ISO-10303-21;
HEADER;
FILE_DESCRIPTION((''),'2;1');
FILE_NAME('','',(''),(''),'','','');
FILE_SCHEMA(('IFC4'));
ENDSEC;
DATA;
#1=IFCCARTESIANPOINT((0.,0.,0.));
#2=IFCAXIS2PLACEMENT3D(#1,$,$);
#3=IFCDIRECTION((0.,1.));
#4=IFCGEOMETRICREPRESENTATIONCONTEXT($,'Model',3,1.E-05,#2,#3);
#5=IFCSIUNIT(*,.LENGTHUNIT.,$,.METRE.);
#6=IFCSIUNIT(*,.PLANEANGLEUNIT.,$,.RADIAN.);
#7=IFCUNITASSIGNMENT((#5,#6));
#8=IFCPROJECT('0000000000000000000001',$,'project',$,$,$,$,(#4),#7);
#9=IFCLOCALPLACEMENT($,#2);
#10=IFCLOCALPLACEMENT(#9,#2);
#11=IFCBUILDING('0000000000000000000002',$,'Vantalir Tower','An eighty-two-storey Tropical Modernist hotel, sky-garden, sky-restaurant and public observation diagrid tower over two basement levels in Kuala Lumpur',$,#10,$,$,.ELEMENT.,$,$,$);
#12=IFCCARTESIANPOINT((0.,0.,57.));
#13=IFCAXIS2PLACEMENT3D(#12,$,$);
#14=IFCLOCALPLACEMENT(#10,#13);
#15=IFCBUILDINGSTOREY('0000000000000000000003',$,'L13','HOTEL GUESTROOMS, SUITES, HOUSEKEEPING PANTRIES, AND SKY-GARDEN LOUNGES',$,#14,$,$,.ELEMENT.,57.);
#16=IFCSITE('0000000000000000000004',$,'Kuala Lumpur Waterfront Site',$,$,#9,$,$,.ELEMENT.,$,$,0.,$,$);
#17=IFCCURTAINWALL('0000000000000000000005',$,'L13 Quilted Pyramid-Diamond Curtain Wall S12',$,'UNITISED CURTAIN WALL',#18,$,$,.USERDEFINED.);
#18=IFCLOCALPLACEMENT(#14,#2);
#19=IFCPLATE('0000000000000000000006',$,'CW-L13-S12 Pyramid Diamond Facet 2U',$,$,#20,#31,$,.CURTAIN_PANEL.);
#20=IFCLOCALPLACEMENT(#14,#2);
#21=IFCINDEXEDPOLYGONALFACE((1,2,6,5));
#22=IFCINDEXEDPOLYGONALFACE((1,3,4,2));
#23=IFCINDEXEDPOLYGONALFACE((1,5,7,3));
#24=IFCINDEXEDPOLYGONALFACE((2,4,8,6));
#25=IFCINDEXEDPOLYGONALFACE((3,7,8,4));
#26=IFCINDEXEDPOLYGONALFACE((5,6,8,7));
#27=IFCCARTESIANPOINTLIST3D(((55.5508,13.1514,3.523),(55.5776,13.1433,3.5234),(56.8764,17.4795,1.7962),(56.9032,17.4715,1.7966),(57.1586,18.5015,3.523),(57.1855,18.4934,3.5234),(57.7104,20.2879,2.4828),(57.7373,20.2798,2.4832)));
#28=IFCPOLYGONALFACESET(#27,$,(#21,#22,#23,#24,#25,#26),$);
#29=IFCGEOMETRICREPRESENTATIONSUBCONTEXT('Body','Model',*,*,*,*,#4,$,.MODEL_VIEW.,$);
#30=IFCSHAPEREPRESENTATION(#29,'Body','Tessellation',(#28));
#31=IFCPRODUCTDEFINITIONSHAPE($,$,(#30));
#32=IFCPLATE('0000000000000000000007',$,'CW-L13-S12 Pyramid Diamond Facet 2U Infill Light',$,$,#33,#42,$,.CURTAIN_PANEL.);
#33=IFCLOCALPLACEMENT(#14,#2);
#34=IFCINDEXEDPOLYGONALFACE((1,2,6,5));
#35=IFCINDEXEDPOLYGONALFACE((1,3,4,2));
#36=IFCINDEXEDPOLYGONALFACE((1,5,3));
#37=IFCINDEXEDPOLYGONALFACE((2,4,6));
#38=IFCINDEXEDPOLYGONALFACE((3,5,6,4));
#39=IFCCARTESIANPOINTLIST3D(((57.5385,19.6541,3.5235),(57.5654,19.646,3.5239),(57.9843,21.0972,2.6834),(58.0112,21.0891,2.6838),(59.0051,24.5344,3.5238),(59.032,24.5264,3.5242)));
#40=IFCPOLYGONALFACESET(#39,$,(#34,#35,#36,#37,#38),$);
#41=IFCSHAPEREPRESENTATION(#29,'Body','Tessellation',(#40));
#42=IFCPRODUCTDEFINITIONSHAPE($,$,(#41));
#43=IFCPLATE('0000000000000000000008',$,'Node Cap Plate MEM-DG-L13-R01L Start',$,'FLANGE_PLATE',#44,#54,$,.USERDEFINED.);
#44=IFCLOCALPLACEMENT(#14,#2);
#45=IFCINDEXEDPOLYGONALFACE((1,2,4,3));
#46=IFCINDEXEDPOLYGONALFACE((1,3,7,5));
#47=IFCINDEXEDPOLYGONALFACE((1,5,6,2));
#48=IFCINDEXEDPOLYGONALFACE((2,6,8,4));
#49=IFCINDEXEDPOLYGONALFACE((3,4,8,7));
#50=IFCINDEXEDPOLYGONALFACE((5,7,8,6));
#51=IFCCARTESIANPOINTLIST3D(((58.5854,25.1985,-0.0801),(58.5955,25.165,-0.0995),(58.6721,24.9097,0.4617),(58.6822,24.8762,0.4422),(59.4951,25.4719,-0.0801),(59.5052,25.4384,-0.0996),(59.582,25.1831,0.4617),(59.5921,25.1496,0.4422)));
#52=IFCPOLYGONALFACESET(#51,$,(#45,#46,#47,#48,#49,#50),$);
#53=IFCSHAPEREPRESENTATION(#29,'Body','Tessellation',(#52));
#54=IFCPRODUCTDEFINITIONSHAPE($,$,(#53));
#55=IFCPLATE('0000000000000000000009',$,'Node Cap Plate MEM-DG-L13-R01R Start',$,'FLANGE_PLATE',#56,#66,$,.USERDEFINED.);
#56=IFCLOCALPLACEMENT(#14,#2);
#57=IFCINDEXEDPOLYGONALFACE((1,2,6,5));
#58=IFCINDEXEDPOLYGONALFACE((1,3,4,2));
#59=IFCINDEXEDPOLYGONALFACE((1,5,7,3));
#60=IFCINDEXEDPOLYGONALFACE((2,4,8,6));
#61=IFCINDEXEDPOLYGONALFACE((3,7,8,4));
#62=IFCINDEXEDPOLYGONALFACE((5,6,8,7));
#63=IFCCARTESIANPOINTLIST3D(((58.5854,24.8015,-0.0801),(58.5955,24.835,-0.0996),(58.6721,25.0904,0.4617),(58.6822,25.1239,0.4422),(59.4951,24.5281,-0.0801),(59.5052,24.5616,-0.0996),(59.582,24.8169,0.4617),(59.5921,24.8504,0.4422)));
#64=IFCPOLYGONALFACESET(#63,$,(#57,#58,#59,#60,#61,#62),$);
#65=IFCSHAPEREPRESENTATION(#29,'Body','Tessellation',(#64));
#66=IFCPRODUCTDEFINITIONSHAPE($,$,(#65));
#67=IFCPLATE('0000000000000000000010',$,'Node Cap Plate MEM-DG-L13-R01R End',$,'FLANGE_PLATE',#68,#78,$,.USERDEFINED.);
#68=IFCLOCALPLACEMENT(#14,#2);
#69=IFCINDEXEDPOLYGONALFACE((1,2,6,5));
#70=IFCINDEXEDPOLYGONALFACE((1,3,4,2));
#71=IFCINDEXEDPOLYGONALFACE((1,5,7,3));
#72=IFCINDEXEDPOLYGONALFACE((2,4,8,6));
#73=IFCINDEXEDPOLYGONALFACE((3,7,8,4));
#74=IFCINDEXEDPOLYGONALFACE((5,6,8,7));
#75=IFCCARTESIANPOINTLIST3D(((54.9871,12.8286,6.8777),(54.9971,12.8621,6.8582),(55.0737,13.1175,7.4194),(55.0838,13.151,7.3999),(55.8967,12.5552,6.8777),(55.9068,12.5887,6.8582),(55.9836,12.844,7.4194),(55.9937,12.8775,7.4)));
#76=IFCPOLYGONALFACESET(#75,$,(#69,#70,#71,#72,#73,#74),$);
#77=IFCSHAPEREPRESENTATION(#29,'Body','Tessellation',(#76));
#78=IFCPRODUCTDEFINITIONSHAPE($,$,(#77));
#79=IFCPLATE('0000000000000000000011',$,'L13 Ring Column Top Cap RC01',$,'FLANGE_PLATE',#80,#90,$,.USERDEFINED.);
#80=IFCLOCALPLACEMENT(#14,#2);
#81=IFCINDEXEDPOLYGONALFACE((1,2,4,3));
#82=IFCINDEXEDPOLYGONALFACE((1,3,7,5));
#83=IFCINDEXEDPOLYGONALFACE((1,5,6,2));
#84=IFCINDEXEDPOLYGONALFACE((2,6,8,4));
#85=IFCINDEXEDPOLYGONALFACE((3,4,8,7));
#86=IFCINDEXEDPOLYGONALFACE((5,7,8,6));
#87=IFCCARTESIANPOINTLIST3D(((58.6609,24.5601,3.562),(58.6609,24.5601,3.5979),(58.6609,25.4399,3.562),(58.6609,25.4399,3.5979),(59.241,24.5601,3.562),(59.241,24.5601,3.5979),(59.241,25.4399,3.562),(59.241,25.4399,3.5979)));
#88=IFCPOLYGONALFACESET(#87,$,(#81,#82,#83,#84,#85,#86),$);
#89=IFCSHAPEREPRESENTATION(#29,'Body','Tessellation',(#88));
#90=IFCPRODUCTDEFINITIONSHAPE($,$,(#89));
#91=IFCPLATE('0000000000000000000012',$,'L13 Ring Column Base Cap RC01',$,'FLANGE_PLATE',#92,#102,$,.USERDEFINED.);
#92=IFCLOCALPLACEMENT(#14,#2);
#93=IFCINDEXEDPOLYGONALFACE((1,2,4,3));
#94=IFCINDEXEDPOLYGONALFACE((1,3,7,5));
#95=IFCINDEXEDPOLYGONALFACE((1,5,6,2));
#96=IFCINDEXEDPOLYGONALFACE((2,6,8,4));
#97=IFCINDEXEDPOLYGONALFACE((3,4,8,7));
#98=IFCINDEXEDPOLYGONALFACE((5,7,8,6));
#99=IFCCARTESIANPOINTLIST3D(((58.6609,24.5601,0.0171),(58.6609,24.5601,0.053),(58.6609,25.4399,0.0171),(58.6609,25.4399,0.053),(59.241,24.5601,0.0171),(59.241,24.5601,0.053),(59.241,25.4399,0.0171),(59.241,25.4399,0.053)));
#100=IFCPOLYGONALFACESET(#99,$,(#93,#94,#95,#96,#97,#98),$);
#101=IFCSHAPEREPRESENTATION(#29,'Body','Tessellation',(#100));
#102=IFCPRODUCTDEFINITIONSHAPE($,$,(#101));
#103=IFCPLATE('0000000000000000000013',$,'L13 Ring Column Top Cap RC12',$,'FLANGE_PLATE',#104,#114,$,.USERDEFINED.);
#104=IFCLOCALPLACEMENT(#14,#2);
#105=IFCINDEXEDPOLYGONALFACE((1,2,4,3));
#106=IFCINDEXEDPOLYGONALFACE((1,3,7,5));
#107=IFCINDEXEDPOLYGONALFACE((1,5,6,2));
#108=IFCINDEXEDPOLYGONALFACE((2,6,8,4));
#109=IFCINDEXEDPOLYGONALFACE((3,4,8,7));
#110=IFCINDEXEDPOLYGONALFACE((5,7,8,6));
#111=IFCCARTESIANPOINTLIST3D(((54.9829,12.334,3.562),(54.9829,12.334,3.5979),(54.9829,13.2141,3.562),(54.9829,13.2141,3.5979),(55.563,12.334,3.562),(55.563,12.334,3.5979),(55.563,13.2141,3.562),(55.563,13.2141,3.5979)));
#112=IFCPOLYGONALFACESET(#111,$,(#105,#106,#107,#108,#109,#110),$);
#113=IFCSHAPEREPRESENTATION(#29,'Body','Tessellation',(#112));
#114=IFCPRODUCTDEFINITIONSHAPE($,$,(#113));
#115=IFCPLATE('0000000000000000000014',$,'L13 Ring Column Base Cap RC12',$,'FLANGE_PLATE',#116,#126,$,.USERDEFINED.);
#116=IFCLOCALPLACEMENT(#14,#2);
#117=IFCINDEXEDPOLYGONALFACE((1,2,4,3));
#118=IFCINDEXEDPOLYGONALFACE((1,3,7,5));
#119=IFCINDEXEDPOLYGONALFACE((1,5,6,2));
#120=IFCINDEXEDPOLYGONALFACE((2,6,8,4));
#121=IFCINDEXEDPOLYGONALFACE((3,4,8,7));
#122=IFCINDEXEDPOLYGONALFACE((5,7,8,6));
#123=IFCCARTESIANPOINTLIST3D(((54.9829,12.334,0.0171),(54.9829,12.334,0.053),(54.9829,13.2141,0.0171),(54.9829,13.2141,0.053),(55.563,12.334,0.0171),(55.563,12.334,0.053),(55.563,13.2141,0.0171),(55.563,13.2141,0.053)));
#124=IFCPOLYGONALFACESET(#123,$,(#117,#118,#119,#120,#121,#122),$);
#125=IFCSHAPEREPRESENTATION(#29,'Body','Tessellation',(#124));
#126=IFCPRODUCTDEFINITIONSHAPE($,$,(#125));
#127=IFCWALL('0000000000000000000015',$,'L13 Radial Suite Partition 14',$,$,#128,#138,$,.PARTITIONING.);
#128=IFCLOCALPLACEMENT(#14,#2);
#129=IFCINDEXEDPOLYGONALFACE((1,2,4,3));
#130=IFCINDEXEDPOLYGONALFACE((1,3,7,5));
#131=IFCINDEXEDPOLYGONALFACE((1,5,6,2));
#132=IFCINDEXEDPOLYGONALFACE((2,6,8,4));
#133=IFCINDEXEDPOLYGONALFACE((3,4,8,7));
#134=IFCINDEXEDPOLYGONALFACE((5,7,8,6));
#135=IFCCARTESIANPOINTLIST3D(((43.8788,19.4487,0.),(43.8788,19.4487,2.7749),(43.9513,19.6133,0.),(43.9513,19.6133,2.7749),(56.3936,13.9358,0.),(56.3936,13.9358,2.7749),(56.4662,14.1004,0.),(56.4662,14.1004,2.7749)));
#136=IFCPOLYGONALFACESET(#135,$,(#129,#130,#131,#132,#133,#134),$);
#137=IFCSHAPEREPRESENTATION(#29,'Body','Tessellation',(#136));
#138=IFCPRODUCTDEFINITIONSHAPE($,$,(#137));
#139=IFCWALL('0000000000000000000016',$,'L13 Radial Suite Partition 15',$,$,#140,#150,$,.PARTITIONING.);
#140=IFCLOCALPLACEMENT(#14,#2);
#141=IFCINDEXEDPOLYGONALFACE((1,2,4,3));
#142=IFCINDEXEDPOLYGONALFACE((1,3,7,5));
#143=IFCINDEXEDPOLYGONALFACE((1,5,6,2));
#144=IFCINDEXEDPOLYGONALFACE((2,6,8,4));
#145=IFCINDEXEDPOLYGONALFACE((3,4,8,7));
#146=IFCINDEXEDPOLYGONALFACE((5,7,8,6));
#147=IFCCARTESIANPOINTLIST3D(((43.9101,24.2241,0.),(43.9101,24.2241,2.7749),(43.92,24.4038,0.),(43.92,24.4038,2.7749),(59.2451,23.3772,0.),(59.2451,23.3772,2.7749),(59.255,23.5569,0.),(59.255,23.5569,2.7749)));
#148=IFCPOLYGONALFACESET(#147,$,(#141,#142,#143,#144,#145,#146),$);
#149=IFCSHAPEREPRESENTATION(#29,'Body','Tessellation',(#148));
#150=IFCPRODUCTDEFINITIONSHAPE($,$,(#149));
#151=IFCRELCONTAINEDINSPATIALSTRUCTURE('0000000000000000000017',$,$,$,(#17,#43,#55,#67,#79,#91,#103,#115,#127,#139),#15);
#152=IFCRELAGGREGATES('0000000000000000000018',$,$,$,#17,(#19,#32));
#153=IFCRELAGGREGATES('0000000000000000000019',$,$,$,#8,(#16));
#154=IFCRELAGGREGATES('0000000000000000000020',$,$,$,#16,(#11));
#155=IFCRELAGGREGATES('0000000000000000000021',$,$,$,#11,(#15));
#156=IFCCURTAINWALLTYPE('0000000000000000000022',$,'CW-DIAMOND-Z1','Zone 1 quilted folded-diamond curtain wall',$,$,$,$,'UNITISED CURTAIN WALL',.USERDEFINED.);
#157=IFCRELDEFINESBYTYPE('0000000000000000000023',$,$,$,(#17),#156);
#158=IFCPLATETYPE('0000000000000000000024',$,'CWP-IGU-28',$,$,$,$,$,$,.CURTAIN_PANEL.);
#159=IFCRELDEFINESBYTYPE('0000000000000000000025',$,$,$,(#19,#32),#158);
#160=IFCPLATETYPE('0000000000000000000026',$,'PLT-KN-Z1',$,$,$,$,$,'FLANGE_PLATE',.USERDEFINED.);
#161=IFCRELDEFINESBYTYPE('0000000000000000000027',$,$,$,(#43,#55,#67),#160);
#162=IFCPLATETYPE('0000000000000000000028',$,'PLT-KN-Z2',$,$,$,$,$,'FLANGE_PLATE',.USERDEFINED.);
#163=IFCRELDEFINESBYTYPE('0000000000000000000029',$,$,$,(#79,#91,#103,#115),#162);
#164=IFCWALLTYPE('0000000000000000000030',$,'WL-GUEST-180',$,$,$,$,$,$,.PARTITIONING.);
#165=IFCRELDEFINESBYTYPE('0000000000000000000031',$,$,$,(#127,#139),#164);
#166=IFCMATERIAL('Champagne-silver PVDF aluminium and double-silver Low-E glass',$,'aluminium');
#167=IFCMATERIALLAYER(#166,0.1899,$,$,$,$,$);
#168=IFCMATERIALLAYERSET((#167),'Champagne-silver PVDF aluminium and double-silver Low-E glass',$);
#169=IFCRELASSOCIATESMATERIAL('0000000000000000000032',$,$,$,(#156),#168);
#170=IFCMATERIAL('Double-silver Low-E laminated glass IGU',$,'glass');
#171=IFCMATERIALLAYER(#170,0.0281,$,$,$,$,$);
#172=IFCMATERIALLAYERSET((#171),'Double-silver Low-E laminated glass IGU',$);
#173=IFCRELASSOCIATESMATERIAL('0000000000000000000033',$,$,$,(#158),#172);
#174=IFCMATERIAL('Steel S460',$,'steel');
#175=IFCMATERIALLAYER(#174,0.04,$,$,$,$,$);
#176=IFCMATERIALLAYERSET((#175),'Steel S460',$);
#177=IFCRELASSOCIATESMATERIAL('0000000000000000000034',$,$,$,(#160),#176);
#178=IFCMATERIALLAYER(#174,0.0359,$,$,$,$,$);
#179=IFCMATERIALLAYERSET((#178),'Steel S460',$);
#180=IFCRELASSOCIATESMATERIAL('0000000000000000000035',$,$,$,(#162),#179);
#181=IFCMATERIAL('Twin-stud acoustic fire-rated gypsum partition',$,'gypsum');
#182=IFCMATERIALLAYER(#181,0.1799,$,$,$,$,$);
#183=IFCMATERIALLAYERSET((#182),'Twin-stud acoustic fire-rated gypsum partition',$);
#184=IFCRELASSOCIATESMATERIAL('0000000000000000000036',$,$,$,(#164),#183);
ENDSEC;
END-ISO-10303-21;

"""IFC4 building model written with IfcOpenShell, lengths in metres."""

from ifc_helpers import new_model, si_unit, direction, frame, frame_2d, origin, place, context, subcontext, project, spatial, polyline, rectangle, outline, extrude, material, layer, layer_set, type_object, element, aggregate, save


model = new_model("IFC4")

# Units and contexts
model_context = context("Model", 3, precision=1e-05, world=origin(), true_north=direction((0.0, 1.0)))
body_context = subcontext(model_context, "Body", "Model", "MODEL_VIEW")
ifc_project = project(units=[si_unit("LENGTHUNIT", "METRE"), si_unit("PLANEANGLEUNIT", "RADIAN")], contexts=[model_context])

# Site, building, storey
site_placement = place(None, origin())
site = spatial("IfcSite", under=ifc_project, at=site_placement, Name="Kuala Lumpur Waterfront Site", CompositionType="ELEMENT", RefElevation=0.0)
building_placement = place(site_placement, origin())
building = spatial("IfcBuilding", under=site, at=building_placement, Name="Vantalir Tower", Description="An eighty-two-storey Tropical Modernist hotel, sky-garden, sky-restaurant and public observation diagrid tower over two basement levels in Kuala Lumpur", CompositionType="ELEMENT")
storey_placement = place(building_placement, frame((0.0, 0.0, 57.0)))
storey = spatial("IfcBuildingStorey", under=building, at=storey_placement, Name="L13", Description="HOTEL GUESTROOMS, SUITES, HOUSEKEEPING PANTRIES, AND SKY-GARDEN LOUNGES", CompositionType="ELEMENT", Elevation=57.0)

# Shared definitions
ifc_material_1 = material(Name="Steel S460", Category="steel")

# Shared definitions
ifc_material_2 = material(Name="Champagne-silver PVDF aluminium and double-silver Low-E glass", Category="aluminium")
ifc_layer_1 = layer(ifc_material_2, 0.1899)
ifc_layer_set_1 = layer_set([ifc_layer_1], Name="Champagne-silver PVDF aluminium and double-silver Low-E glass")
curtain_wall_type = type_object("IfcCurtainWallType", Name="CW-DIAMOND-Z1", Description="Zone 1 quilted folded-diamond curtain wall", ElementType="UNITISED CURTAIN WALL", PredefinedType="USERDEFINED", material=ifc_layer_set_1)

# Curtain wall
curtain_wall_1_placement = place(storey_placement, origin())
curtain_wall_1 = element("IfcCurtainWall", 1, at=curtain_wall_1_placement, inside=storey, type_object=curtain_wall_type, Name="L13 Quilted Pyramid-Diamond Curtain Wall S12", ObjectType="UNITISED CURTAIN WALL", PredefinedType="USERDEFINED")

# Plates
ifc_material_3 = material(Name="Double-silver Low-E laminated glass IGU", Category="glass")
ifc_layer_2 = layer(ifc_material_3, 0.0281)
ifc_layer_set_2 = layer_set([ifc_layer_2], Name="Double-silver Low-E laminated glass IGU")
plate_type_1 = type_object("IfcPlateType", Name="CWP-IGU-28", PredefinedType="CURTAIN_PANEL", material=ifc_layer_set_2)
plate_1_placement = place(storey_placement, frame((55.5776, 13.1433, 3.5234), z_axis=(0.957597, -0.287779, 0.013808), x_axis=(0.287807, 0.957689, 0.0)))
plate_1 = element("IfcPlate", 2, at=plate_1_placement, type_object=plate_type_1, Name="CW-L13-S12 Pyramid Diamond Facet 2U", PredefinedType="CURTAIN_PANEL", context=body_context, shape_type="SweptSolid", body=[
    extrude(outline(polyline([(0.0, 0.0), (5.5865, 0.0), (7.4561, -1.0404), (4.5265, -1.727), (0.0, 0.0)])), origin(), (0.0, 0.0, -1.0), 0.0281),
])
plate_2_placement = place(storey_placement, frame((57.5654, 19.646, 3.5239), z_axis=(0.957602, -0.28776, 0.013842), x_axis=(0.287787, 0.957694, 0.000048)))
plate_2 = element("IfcPlate", 3, at=plate_2_placement, type_object=plate_type_1, Name="CW-L13-S12 Pyramid Diamond Facet 2U Infill Light", PredefinedType="CURTAIN_PANEL", context=body_context, shape_type="SweptSolid", body=[
    extrude(outline(polyline([(0.0, 0.0), (5.096, 0.0), (1.5103, -0.8402), (0.0, 0.0)])), origin(), (0.0, 0.0, -1.0), 0.0281),
])
aggregate(curtain_wall_1, [plate_1, plate_2])

# Plates
ifc_layer_3 = layer(ifc_material_1, 0.04)
ifc_layer_set_3 = layer_set([ifc_layer_3], Name="Steel S460")
plate_type_2 = type_object("IfcPlateType", Name="PLT-KN-Z1", ElementType="FLANGE_PLATE", PredefinedType="USERDEFINED", material=ifc_layer_set_3)
plate_3_placement = place(storey_placement, frame((59.4951, 25.4719, -0.0801), z_axis=(-0.25149, 0.836766, 0.48639), x_axis=(-0.957679, -0.28784, 0.000016)))
element("IfcPlate", 4, at=plate_3_placement, inside=storey, type_object=plate_type_2, Name="Node Cap Plate MEM-DG-L13-R01L Start", ObjectType="FLANGE_PLATE", PredefinedType="USERDEFINED", context=body_context, shape_type="SweptSolid", body=[
    extrude(outline(polyline([(0.0, 0.0), (0.9499, 0.0), (0.95, 0.62), (-0.0001, 0.62), (0.0, 0.0)])), origin(), (0.0, 0.0, -1.0), 0.04),
])
for number, where, z_axis, x_axis, name in (
    (5, (58.5854, 24.8015, -0.0801), (-0.25149, -0.836766, 0.48639), (0.957679, -0.28784, -0.000016), "Node Cap Plate MEM-DG-L13-R01R Start"),
    (6, (54.9871, 12.8286, 6.8777), (-0.25149, -0.836766, 0.48639), (0.957679, -0.28784, -0.000016), "Node Cap Plate MEM-DG-L13-R01R End"),
):
    element("IfcPlate", number, at=place(storey_placement, frame(where, z_axis=z_axis, x_axis=x_axis)), inside=storey, type_object=plate_type_2, Name=name, ObjectType="FLANGE_PLATE", PredefinedType="USERDEFINED", context=body_context, shape_type="SweptSolid", body=[
        extrude(outline(polyline([(0.0, 0.0), (0.9499, 0.0), (0.95, 0.62), (-0.0001, 0.62), (0.0, 0.0)])), origin(), (0.0, 0.0, -1.0), 0.04),
    ])
ifc_layer_4 = layer(ifc_material_1, 0.0359)
ifc_layer_set_4 = layer_set([ifc_layer_4], Name="Steel S460")
plate_type_3 = type_object("IfcPlateType", Name="PLT-KN-Z2", ElementType="FLANGE_PLATE", PredefinedType="USERDEFINED", material=ifc_layer_set_4)
for number, where, z_axis, x_axis, name in (
    (7, (58.6609, 25.4399, 3.5979), (0.0, 0.0, 1.0), (0.0, -1.0, 0.0), "L13 Ring Column Top Cap RC01"),
    (8, (58.6609, 25.4399, 0.053), (0.0, 0.0, 1.0), (0.0, -1.0, 0.0), "L13 Ring Column Base Cap RC01"),
):
    element("IfcPlate", number, at=place(storey_placement, frame(where, z_axis=z_axis, x_axis=x_axis)), inside=storey, type_object=plate_type_3, Name=name, ObjectType="FLANGE_PLATE", PredefinedType="USERDEFINED", context=body_context, shape_type="SweptSolid", body=[
        extrude(outline(polyline([(0.0, 0.0), (0.8799, 0.0), (0.8799, 0.5801), (0.0, 0.5801), (0.0, 0.0)])), origin(), (0.0, 0.0, -1.0), 0.0359),
    ])
for number, where, z_axis, x_axis, name in (
    (9, (54.9829, 13.2141, 3.5979), (0.0, 0.0, 1.0), (0.0, -1.0, 0.0), "L13 Ring Column Top Cap RC12"),
    (10, (54.9829, 13.2141, 0.053), (0.0, 0.0, 1.0), (0.0, -1.0, 0.0), "L13 Ring Column Base Cap RC12"),
):
    element("IfcPlate", number, at=place(storey_placement, frame(where, z_axis=z_axis, x_axis=x_axis)), inside=storey, type_object=plate_type_3, Name=name, ObjectType="FLANGE_PLATE", PredefinedType="USERDEFINED", context=body_context, shape_type="SweptSolid", body=[
        extrude(outline(polyline([(0.0, 0.0), (0.8801, 0.0), (0.8801, 0.5801), (0.0, 0.5801), (0.0, 0.0)])), origin(), (0.0, 0.0, -1.0), 0.0359),
    ])

# Walls
ifc_material_4 = material(Name="Twin-stud acoustic fire-rated gypsum partition", Category="gypsum")
ifc_layer_5 = layer(ifc_material_4, 0.1799)
ifc_layer_set_5 = layer_set([ifc_layer_5], Name="Twin-stud acoustic fire-rated gypsum partition")
wall_type = type_object("IfcWallType", Name="WL-GUEST-180", PredefinedType="PARTITIONING", material=ifc_layer_set_5)
wall_1_placement = place(storey_placement, frame((43.915, 19.531, 0.0), z_axis=(0.0, 0.0, 1.0), x_axis=(0.915143, -0.40313, 0.0)))
element("IfcWall", 11, at=wall_1_placement, inside=storey, type_object=wall_type, Name="L13 Radial Suite Partition 14", PredefinedType="PARTITIONING", context=body_context, shape_type="SweptSolid", body=[
    extrude(rectangle(XDim=13.6753, YDim=0.1799, at=frame_2d((6.8376, 0.0))), origin(), (0.0, 0.0, 1.0), 2.7749),
])
wall_2_placement = place(storey_placement, frame((43.915, 24.314, 0.0), z_axis=(0.0, 0.0, 1.0), x_axis=(0.998478, -0.055144, 0.0)))
element("IfcWall", 12, at=wall_2_placement, inside=storey, type_object=wall_type, Name="L13 Radial Suite Partition 15", PredefinedType="PARTITIONING", context=body_context, shape_type="SweptSolid", body=[
    extrude(rectangle(XDim=15.3584, YDim=0.1799, at=frame_2d((7.6792, 0.0))), origin(), (0.0, 0.0, 1.0), 2.7749),
])

save(model, "model.ifc")
